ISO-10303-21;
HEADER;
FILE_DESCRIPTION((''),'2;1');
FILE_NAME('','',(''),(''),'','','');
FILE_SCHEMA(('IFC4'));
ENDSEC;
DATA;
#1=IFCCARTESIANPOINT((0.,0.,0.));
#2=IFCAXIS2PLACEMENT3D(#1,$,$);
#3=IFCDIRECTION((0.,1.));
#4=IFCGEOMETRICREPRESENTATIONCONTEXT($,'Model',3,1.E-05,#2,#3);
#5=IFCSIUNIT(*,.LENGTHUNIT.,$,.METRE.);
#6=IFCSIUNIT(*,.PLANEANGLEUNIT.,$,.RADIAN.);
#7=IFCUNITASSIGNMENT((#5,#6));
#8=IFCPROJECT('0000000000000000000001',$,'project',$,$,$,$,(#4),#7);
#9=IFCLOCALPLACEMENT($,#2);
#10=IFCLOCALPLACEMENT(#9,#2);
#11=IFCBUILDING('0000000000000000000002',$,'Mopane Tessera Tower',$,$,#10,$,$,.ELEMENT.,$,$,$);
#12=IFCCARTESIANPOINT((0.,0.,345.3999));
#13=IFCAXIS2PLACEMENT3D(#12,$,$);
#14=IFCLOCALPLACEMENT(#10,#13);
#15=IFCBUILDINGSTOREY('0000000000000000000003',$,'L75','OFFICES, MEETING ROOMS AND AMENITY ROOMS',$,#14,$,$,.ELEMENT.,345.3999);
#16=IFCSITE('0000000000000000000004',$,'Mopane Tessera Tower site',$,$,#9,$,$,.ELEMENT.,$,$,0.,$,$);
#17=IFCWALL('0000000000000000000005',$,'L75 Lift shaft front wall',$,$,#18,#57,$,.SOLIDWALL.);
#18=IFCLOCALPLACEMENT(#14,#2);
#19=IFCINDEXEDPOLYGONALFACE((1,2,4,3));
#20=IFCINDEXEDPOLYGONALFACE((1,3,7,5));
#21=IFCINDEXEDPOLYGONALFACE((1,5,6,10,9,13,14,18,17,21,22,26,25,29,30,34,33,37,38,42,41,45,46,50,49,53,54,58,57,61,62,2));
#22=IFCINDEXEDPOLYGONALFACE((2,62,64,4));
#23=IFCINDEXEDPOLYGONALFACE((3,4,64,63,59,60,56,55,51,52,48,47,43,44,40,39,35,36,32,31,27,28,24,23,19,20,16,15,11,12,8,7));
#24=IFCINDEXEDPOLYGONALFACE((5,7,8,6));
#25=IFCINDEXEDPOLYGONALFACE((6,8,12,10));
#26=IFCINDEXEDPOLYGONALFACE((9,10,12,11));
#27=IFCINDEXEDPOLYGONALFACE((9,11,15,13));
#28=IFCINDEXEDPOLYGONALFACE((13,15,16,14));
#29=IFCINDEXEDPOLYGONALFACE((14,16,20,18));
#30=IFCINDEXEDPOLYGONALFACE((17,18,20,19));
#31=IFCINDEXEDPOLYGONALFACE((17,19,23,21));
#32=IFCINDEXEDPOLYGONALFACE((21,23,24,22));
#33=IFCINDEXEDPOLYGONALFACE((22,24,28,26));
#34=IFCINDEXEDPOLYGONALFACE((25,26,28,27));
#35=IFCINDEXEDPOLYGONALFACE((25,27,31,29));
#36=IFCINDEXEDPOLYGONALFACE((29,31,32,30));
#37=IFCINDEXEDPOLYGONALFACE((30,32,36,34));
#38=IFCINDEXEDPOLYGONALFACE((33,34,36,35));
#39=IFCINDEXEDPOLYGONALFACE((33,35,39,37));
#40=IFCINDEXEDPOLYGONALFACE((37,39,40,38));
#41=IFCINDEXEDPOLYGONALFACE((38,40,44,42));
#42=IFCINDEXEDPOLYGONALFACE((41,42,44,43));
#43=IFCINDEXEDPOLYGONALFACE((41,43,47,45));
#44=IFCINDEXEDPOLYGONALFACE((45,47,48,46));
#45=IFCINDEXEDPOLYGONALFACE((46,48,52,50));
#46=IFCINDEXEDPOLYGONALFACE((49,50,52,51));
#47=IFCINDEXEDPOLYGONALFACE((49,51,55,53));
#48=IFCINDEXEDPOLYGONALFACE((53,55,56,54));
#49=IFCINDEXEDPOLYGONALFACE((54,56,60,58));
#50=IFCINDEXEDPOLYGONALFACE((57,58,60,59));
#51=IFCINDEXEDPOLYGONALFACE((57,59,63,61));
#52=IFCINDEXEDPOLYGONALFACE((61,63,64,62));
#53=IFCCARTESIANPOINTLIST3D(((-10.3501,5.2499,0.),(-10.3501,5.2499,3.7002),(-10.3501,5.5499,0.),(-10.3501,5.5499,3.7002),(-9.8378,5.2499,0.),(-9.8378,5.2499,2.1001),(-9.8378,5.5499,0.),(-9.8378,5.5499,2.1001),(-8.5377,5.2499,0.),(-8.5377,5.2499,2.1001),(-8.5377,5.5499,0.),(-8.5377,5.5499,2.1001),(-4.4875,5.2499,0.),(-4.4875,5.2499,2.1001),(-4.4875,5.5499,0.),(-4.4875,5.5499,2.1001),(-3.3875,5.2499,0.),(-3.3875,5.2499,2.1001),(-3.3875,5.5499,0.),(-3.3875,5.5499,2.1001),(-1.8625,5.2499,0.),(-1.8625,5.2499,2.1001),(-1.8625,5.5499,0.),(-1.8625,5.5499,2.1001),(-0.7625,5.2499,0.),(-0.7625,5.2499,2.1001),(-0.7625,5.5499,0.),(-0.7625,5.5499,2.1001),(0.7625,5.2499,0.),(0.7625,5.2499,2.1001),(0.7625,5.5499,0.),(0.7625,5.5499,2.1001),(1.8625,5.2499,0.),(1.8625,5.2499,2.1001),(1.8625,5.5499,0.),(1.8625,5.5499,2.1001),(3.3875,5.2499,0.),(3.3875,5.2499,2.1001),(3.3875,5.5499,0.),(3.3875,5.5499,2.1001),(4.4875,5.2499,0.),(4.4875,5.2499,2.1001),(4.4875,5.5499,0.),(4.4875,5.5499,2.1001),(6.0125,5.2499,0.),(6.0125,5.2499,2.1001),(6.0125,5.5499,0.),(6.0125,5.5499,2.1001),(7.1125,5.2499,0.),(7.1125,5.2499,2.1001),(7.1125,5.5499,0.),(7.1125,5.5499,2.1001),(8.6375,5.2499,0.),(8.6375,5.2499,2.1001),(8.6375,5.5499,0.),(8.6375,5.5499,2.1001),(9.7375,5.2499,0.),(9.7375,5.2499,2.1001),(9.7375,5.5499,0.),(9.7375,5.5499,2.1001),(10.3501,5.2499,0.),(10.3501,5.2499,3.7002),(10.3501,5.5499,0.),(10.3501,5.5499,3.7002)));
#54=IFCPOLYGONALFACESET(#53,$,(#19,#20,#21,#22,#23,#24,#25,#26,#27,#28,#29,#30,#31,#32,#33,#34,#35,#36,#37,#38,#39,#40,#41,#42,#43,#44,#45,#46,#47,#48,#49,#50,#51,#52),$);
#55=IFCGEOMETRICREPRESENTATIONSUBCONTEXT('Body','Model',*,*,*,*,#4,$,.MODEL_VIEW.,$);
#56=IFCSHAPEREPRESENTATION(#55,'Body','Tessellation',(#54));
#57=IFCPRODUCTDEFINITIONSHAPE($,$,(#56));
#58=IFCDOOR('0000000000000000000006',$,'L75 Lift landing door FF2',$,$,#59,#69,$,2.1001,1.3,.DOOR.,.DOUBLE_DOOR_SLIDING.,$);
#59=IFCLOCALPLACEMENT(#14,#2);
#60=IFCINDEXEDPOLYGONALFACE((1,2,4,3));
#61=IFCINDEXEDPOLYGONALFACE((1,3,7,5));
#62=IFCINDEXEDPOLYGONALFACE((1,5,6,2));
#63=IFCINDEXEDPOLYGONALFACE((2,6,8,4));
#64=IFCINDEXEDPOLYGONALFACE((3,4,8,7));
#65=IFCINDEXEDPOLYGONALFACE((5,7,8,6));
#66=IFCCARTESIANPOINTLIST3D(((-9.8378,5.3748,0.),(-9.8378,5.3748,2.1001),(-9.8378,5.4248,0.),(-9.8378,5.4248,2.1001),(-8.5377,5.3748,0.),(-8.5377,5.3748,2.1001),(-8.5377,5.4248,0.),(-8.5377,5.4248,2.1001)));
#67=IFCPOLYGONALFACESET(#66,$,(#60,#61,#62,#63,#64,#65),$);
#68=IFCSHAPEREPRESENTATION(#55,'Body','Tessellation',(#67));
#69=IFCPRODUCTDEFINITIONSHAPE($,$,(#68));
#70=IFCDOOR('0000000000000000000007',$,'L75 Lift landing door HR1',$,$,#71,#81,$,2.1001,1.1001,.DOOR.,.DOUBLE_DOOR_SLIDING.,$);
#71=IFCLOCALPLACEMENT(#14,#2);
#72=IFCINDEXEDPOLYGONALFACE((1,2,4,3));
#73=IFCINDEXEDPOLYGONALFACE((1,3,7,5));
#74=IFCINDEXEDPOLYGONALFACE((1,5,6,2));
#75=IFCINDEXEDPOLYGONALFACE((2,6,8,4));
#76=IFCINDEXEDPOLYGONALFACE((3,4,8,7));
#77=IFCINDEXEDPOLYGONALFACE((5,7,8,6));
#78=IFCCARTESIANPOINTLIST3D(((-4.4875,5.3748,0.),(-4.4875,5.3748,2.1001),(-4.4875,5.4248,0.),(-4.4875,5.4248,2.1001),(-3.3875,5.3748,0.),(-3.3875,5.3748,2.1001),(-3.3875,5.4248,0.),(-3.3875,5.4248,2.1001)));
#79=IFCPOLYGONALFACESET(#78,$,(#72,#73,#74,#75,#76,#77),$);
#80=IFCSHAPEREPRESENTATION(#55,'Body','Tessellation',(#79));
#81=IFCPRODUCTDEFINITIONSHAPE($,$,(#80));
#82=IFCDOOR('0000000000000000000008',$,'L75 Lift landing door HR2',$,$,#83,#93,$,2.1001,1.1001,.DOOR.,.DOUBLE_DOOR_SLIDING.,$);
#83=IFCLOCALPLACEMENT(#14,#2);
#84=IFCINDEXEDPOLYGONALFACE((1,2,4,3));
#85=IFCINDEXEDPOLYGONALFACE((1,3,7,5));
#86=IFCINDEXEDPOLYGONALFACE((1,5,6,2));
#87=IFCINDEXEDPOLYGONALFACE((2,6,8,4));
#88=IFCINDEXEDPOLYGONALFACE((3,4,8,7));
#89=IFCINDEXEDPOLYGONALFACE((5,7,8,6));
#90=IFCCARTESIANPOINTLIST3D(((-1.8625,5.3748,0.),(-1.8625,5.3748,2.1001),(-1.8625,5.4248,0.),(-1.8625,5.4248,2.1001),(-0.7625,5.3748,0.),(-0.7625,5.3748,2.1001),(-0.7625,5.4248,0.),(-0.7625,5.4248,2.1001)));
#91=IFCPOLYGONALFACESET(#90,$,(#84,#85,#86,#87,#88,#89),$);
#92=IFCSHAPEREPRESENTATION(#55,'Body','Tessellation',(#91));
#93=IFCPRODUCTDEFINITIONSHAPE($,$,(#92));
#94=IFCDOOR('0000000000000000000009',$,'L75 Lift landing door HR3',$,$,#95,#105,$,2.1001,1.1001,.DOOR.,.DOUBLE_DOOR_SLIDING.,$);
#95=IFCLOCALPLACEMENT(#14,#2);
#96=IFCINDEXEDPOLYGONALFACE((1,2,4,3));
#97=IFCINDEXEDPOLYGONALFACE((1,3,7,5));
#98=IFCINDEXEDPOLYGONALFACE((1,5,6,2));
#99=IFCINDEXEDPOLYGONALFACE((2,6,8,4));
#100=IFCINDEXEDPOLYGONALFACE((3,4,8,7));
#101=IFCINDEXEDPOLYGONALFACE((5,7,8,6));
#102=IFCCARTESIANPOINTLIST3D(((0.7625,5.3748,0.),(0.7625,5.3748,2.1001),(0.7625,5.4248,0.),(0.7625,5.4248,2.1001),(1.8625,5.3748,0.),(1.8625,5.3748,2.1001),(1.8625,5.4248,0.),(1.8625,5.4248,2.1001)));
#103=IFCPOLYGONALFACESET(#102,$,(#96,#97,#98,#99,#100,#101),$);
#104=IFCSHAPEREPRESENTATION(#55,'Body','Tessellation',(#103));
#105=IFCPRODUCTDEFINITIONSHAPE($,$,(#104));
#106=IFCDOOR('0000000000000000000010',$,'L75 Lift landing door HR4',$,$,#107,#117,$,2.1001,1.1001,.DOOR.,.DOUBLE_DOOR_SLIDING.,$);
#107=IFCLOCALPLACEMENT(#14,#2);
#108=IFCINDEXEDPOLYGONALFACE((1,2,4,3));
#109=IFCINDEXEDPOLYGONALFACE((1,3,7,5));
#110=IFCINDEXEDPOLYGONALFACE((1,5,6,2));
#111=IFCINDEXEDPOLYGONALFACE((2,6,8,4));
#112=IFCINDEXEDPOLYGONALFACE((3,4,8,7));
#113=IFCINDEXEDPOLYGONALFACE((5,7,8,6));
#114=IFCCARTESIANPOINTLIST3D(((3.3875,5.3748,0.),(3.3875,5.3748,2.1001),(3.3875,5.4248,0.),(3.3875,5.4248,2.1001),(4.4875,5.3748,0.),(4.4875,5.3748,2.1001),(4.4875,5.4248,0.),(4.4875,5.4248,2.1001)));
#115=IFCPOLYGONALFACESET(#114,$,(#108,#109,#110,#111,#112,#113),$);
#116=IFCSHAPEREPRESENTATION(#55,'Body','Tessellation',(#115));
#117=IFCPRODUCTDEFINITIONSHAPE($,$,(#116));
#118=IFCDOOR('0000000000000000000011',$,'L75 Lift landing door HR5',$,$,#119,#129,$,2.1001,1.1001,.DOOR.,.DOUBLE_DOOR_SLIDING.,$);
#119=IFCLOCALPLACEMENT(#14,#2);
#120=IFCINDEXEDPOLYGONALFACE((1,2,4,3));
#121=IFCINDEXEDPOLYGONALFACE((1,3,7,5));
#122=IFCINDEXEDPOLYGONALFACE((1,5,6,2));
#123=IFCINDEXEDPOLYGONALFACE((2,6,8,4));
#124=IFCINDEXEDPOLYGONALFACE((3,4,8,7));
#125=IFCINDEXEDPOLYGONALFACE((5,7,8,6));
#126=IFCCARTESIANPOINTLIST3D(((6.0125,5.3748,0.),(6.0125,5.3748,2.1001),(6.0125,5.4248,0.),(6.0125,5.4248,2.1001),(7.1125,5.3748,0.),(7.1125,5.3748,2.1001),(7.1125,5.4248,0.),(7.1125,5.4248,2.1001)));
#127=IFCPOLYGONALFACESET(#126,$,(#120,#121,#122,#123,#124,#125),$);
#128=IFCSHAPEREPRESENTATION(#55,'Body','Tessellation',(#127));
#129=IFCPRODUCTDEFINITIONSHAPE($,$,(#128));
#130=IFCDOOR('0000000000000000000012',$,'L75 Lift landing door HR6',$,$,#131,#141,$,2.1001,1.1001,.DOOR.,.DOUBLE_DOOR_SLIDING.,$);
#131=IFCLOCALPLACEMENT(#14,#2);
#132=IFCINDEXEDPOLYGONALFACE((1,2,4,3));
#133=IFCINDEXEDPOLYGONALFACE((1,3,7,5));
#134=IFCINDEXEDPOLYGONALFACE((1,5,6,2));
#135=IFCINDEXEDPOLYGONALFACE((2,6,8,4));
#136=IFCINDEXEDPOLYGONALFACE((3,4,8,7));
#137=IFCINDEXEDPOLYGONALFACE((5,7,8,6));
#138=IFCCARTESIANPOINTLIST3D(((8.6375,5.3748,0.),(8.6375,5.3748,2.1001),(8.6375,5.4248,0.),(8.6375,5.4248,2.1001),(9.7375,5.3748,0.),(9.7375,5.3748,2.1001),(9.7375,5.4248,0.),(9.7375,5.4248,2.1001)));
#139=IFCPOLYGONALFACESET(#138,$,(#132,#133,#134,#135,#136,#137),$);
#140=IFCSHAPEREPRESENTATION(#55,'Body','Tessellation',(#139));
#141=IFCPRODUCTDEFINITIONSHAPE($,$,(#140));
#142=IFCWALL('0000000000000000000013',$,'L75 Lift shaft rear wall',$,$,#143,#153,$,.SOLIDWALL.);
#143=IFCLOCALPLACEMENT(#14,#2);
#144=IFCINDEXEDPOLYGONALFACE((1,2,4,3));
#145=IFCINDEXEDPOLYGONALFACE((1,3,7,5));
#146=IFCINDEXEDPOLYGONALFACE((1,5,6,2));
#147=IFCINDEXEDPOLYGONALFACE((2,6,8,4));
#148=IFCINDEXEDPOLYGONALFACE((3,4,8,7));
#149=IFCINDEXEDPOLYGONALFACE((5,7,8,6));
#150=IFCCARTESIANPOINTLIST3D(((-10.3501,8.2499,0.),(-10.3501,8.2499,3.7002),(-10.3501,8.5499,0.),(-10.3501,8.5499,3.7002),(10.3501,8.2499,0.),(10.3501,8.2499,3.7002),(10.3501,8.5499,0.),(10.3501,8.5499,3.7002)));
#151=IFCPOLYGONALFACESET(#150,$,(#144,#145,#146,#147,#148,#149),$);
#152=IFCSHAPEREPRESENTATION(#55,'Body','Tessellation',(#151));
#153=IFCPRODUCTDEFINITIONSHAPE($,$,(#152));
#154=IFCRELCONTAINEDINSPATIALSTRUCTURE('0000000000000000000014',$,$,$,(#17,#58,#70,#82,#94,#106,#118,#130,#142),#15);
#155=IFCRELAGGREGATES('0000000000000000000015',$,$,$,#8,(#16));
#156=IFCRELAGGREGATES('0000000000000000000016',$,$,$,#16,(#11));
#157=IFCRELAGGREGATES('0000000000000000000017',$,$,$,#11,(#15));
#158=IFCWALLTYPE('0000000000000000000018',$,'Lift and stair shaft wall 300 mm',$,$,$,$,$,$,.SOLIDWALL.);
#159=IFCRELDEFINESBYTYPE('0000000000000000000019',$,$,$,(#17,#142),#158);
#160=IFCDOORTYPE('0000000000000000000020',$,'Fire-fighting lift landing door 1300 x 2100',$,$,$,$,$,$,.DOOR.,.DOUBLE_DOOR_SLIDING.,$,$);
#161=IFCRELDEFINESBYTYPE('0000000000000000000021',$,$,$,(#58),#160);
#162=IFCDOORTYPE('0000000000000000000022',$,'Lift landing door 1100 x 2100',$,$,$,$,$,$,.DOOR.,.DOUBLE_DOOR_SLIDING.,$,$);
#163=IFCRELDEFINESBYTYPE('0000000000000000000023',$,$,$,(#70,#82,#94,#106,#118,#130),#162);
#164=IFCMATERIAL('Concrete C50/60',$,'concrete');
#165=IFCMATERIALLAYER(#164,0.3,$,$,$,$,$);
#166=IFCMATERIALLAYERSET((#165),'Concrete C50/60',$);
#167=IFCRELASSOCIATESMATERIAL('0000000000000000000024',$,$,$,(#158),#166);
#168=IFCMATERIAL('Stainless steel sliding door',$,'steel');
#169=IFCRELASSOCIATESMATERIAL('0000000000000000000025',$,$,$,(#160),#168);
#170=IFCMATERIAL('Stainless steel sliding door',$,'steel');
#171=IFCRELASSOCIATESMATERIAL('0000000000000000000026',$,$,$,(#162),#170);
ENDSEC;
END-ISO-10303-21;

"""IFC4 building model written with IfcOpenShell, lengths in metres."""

from ifc_helpers import new_model, si_unit, direction, frame, frame_2d, origin, place, context, subcontext, project, spatial, rectangle, extrude, material, layer, layer_set, type_object, element, fill, save


model = new_model("IFC4")

# Units and contexts
model_context = context("Model", 3, precision=1e-05, world=origin(), true_north=direction((0.0, 1.0)))
body_context = subcontext(model_context, "Body", "Model", "MODEL_VIEW")
ifc_project = project(units=[si_unit("LENGTHUNIT", "METRE"), si_unit("PLANEANGLEUNIT", "RADIAN")], contexts=[model_context])

# Site, building, storey
site_placement = place(None, origin())
site = spatial("IfcSite", under=ifc_project, at=site_placement, Name="Mopane Tessera Tower site", CompositionType="ELEMENT", RefElevation=0.0)
building_placement = place(site_placement, origin())
building = spatial("IfcBuilding", under=site, at=building_placement, Name="Mopane Tessera Tower", CompositionType="ELEMENT")
storey_placement = place(building_placement, frame((0.0, 0.0, 345.3999)))
storey = spatial("IfcBuildingStorey", under=building, at=storey_placement, Name="L75", Description="OFFICES, MEETING ROOMS AND AMENITY ROOMS", CompositionType="ELEMENT", Elevation=345.3999)

# Wall, openings, doors
ifc_material_1 = material(Name="Concrete C50/60", Category="concrete")
ifc_layer_1 = layer(ifc_material_1, 0.3)
ifc_layer_set_1 = layer_set([ifc_layer_1], Name="Concrete C50/60")
wall_type_1 = type_object("IfcWallType", Name="Lift and stair shaft wall 300 mm", PredefinedType="SOLIDWALL", material=ifc_layer_set_1)
ifc_material_2 = material(Name="Stainless steel sliding door", Category="steel")
door_type_1 = type_object("IfcDoorType", Name="Fire-fighting lift landing door 1300 x 2100", OperationType="DOUBLE_DOOR_SLIDING", PredefinedType="DOOR", material=ifc_material_2)
wall_1_placement = place(storey_placement, frame((-10.3501, 5.3999, 0.0), z_axis=(0.0, 0.0, 1.0), x_axis=(1.0, 0.0, 0.0)))
wall_1 = element("IfcWall", 1, at=wall_1_placement, inside=storey, type_object=wall_type_1, Name="L75 Lift shaft front wall", PredefinedType="SOLIDWALL", context=body_context, shape_type="SweptSolid", body=[
    extrude(rectangle(XDim=20.7002, YDim=0.3, at=frame_2d((10.3501, 0.0))), origin(), (0.0, 0.0, 1.0), 3.7002),
])
opening_1_placement = place(wall_1_placement, frame((0.5125, 0.0, 0.0)))
opening_1 = element("IfcOpeningElement", 2, at=opening_1_placement, cuts=wall_1, PredefinedType="OPENING", context=body_context, shape_type="SweptSolid", body=[
    extrude(rectangle(XDim=1.3, YDim=2.1001, at=frame_2d((0.6499, 1.05))), frame((0.0, 0.1621, 0.0), z_axis=(0.0, -1.0, 0.0), x_axis=(1.0, 0.0, 0.0)), (0.0, 0.0, 1.0), 0.324),
])
opening_2_placement = place(wall_1_placement, frame((5.8625, 0.0, 0.0)))
opening_2 = element("IfcOpeningElement", 3, at=opening_2_placement, cuts=wall_1, PredefinedType="OPENING", context=body_context, shape_type="SweptSolid", body=[
    extrude(rectangle(XDim=1.1001, YDim=2.1001, at=frame_2d((0.55, 1.05))), frame((0.0, 0.1621, 0.0), z_axis=(0.0, -1.0, 0.0), x_axis=(1.0, 0.0, 0.0)), (0.0, 0.0, 1.0), 0.324),
])
opening_3_placement = place(wall_1_placement, frame((8.4875, 0.0, 0.0)))
opening_3 = element("IfcOpeningElement", 4, at=opening_3_placement, cuts=wall_1, PredefinedType="OPENING", context=body_context, shape_type="SweptSolid", body=[
    extrude(rectangle(XDim=1.1001, YDim=2.1001, at=frame_2d((0.55, 1.05))), frame((0.0, 0.1621, 0.0), z_axis=(0.0, -1.0, 0.0), x_axis=(1.0, 0.0, 0.0)), (0.0, 0.0, 1.0), 0.324),
])
opening_4_placement = place(wall_1_placement, frame((11.1125, 0.0, 0.0)))
opening_4 = element("IfcOpeningElement", 5, at=opening_4_placement, cuts=wall_1, PredefinedType="OPENING", context=body_context, shape_type="SweptSolid", body=[
    extrude(rectangle(XDim=1.1001, YDim=2.1001, at=frame_2d((0.55, 1.05))), frame((0.0, 0.1621, 0.0), z_axis=(0.0, -1.0, 0.0), x_axis=(1.0, 0.0, 0.0)), (0.0, 0.0, 1.0), 0.324),
])
opening_5_placement = place(wall_1_placement, frame((13.7375, 0.0, 0.0)))
opening_5 = element("IfcOpeningElement", 6, at=opening_5_placement, cuts=wall_1, PredefinedType="OPENING", context=body_context, shape_type="SweptSolid", body=[
    extrude(rectangle(XDim=1.1001, YDim=2.1001, at=frame_2d((0.55, 1.05))), frame((0.0, 0.1621, 0.0), z_axis=(0.0, -1.0, 0.0), x_axis=(1.0, 0.0, 0.0)), (0.0, 0.0, 1.0), 0.324),
])
opening_6_placement = place(wall_1_placement, frame((16.3625, 0.0, 0.0)))
opening_6 = element("IfcOpeningElement", 7, at=opening_6_placement, cuts=wall_1, PredefinedType="OPENING", context=body_context, shape_type="SweptSolid", body=[
    extrude(rectangle(XDim=1.1001, YDim=2.1001, at=frame_2d((0.55, 1.05))), frame((0.0, 0.1621, 0.0), z_axis=(0.0, -1.0, 0.0), x_axis=(1.0, 0.0, 0.0)), (0.0, 0.0, 1.0), 0.324),
])
opening_7_placement = place(wall_1_placement, frame((18.9875, 0.0, 0.0)))
opening_7 = element("IfcOpeningElement", 8, at=opening_7_placement, cuts=wall_1, PredefinedType="OPENING", context=body_context, shape_type="SweptSolid", body=[
    extrude(rectangle(XDim=1.1001, YDim=2.1001, at=frame_2d((0.55, 1.05))), frame((0.0, 0.1621, 0.0), z_axis=(0.0, -1.0, 0.0), x_axis=(1.0, 0.0, 0.0)), (0.0, 0.0, 1.0), 0.324),
])
door_1_placement = place(opening_1_placement, origin())
door_1 = element("IfcDoor", 9, at=door_1_placement, inside=storey, type_object=door_type_1, Name="L75 Lift landing door FF2", OperationType="DOUBLE_DOOR_SLIDING", OverallHeight=2.1001, OverallWidth=1.3, PredefinedType="DOOR", context=body_context, shape_type="SweptSolid", body=[
    extrude(rectangle(XDim=1.3, YDim=2.1001, at=frame_2d((0.6499, 1.05))), frame((0.0, 0.0249, 0.0), z_axis=(0.0, -1.0, 0.0), x_axis=(1.0, 0.0, 0.0)), (0.0, 0.0, 1.0), 0.05),
])
fill(opening_1, door_1)
ifc_material_3 = material(Name="Stainless steel sliding door", Category="steel")
door_type_2 = type_object("IfcDoorType", Name="Lift landing door 1100 x 2100", OperationType="DOUBLE_DOOR_SLIDING", PredefinedType="DOOR", material=ifc_material_3)
door_2_placement = place(opening_2_placement, origin())
door_2 = element("IfcDoor", 10, at=door_2_placement, inside=storey, type_object=door_type_2, Name="L75 Lift landing door HR1", OperationType="DOUBLE_DOOR_SLIDING", OverallHeight=2.1001, OverallWidth=1.1001, PredefinedType="DOOR", context=body_context, shape_type="SweptSolid", body=[
    extrude(rectangle(XDim=1.1001, YDim=2.1001, at=frame_2d((0.55, 1.05))), frame((0.0, 0.0249, 0.0), z_axis=(0.0, -1.0, 0.0), x_axis=(1.0, 0.0, 0.0)), (0.0, 0.0, 1.0), 0.05),
])
fill(opening_2, door_2)
door_3_placement = place(opening_3_placement, origin())
door_3 = element("IfcDoor", 11, at=door_3_placement, inside=storey, type_object=door_type_2, Name="L75 Lift landing door HR2", OperationType="DOUBLE_DOOR_SLIDING", OverallHeight=2.1001, OverallWidth=1.1001, PredefinedType="DOOR", context=body_context, shape_type="SweptSolid", body=[
    extrude(rectangle(XDim=1.1001, YDim=2.1001, at=frame_2d((0.55, 1.05))), frame((0.0, 0.0249, 0.0), z_axis=(0.0, -1.0, 0.0), x_axis=(1.0, 0.0, 0.0)), (0.0, 0.0, 1.0), 0.05),
])
fill(opening_3, door_3)
door_4_placement = place(opening_4_placement, origin())
door_4 = element("IfcDoor", 12, at=door_4_placement, inside=storey, type_object=door_type_2, Name="L75 Lift landing door HR3", OperationType="DOUBLE_DOOR_SLIDING", OverallHeight=2.1001, OverallWidth=1.1001, PredefinedType="DOOR", context=body_context, shape_type="SweptSolid", body=[
    extrude(rectangle(XDim=1.1001, YDim=2.1001, at=frame_2d((0.55, 1.05))), frame((0.0, 0.0249, 0.0), z_axis=(0.0, -1.0, 0.0), x_axis=(1.0, 0.0, 0.0)), (0.0, 0.0, 1.0), 0.05),
])
fill(opening_4, door_4)
door_5_placement = place(opening_5_placement, origin())
door_5 = element("IfcDoor", 13, at=door_5_placement, inside=storey, type_object=door_type_2, Name="L75 Lift landing door HR4", OperationType="DOUBLE_DOOR_SLIDING", OverallHeight=2.1001, OverallWidth=1.1001, PredefinedType="DOOR", context=body_context, shape_type="SweptSolid", body=[
    extrude(rectangle(XDim=1.1001, YDim=2.1001, at=frame_2d((0.55, 1.05))), frame((0.0, 0.0249, 0.0), z_axis=(0.0, -1.0, 0.0), x_axis=(1.0, 0.0, 0.0)), (0.0, 0.0, 1.0), 0.05),
])
fill(opening_5, door_5)
door_6_placement = place(opening_6_placement, origin())
door_6 = element("IfcDoor", 14, at=door_6_placement, inside=storey, type_object=door_type_2, Name="L75 Lift landing door HR5", OperationType="DOUBLE_DOOR_SLIDING", OverallHeight=2.1001, OverallWidth=1.1001, PredefinedType="DOOR", context=body_context, shape_type="SweptSolid", body=[
    extrude(rectangle(XDim=1.1001, YDim=2.1001, at=frame_2d((0.55, 1.05))), frame((0.0, 0.0249, 0.0), z_axis=(0.0, -1.0, 0.0), x_axis=(1.0, 0.0, 0.0)), (0.0, 0.0, 1.0), 0.05),
])
fill(opening_6, door_6)
door_7_placement = place(opening_7_placement, origin())
door_7 = element("IfcDoor", 15, at=door_7_placement, inside=storey, type_object=door_type_2, Name="L75 Lift landing door HR6", OperationType="DOUBLE_DOOR_SLIDING", OverallHeight=2.1001, OverallWidth=1.1001, PredefinedType="DOOR", context=body_context, shape_type="SweptSolid", body=[
    extrude(rectangle(XDim=1.1001, YDim=2.1001, at=frame_2d((0.55, 1.05))), frame((0.0, 0.0249, 0.0), z_axis=(0.0, -1.0, 0.0), x_axis=(1.0, 0.0, 0.0)), (0.0, 0.0, 1.0), 0.05),
])
fill(opening_7, door_7)

# Wall
wall_2_placement = place(storey_placement, frame((-10.3501, 8.3999, 0.0), z_axis=(0.0, 0.0, 1.0), x_axis=(1.0, 0.0, 0.0)))
element("IfcWall", 16, at=wall_2_placement, inside=storey, type_object=wall_type_1, Name="L75 Lift shaft rear wall", PredefinedType="SOLIDWALL", context=body_context, shape_type="SweptSolid", body=[
    extrude(rectangle(XDim=20.7002, YDim=0.3, at=frame_2d((10.3501, 0.0))), origin(), (0.0, 0.0, 1.0), 3.7002),
])

save(model, "model.ifc")
